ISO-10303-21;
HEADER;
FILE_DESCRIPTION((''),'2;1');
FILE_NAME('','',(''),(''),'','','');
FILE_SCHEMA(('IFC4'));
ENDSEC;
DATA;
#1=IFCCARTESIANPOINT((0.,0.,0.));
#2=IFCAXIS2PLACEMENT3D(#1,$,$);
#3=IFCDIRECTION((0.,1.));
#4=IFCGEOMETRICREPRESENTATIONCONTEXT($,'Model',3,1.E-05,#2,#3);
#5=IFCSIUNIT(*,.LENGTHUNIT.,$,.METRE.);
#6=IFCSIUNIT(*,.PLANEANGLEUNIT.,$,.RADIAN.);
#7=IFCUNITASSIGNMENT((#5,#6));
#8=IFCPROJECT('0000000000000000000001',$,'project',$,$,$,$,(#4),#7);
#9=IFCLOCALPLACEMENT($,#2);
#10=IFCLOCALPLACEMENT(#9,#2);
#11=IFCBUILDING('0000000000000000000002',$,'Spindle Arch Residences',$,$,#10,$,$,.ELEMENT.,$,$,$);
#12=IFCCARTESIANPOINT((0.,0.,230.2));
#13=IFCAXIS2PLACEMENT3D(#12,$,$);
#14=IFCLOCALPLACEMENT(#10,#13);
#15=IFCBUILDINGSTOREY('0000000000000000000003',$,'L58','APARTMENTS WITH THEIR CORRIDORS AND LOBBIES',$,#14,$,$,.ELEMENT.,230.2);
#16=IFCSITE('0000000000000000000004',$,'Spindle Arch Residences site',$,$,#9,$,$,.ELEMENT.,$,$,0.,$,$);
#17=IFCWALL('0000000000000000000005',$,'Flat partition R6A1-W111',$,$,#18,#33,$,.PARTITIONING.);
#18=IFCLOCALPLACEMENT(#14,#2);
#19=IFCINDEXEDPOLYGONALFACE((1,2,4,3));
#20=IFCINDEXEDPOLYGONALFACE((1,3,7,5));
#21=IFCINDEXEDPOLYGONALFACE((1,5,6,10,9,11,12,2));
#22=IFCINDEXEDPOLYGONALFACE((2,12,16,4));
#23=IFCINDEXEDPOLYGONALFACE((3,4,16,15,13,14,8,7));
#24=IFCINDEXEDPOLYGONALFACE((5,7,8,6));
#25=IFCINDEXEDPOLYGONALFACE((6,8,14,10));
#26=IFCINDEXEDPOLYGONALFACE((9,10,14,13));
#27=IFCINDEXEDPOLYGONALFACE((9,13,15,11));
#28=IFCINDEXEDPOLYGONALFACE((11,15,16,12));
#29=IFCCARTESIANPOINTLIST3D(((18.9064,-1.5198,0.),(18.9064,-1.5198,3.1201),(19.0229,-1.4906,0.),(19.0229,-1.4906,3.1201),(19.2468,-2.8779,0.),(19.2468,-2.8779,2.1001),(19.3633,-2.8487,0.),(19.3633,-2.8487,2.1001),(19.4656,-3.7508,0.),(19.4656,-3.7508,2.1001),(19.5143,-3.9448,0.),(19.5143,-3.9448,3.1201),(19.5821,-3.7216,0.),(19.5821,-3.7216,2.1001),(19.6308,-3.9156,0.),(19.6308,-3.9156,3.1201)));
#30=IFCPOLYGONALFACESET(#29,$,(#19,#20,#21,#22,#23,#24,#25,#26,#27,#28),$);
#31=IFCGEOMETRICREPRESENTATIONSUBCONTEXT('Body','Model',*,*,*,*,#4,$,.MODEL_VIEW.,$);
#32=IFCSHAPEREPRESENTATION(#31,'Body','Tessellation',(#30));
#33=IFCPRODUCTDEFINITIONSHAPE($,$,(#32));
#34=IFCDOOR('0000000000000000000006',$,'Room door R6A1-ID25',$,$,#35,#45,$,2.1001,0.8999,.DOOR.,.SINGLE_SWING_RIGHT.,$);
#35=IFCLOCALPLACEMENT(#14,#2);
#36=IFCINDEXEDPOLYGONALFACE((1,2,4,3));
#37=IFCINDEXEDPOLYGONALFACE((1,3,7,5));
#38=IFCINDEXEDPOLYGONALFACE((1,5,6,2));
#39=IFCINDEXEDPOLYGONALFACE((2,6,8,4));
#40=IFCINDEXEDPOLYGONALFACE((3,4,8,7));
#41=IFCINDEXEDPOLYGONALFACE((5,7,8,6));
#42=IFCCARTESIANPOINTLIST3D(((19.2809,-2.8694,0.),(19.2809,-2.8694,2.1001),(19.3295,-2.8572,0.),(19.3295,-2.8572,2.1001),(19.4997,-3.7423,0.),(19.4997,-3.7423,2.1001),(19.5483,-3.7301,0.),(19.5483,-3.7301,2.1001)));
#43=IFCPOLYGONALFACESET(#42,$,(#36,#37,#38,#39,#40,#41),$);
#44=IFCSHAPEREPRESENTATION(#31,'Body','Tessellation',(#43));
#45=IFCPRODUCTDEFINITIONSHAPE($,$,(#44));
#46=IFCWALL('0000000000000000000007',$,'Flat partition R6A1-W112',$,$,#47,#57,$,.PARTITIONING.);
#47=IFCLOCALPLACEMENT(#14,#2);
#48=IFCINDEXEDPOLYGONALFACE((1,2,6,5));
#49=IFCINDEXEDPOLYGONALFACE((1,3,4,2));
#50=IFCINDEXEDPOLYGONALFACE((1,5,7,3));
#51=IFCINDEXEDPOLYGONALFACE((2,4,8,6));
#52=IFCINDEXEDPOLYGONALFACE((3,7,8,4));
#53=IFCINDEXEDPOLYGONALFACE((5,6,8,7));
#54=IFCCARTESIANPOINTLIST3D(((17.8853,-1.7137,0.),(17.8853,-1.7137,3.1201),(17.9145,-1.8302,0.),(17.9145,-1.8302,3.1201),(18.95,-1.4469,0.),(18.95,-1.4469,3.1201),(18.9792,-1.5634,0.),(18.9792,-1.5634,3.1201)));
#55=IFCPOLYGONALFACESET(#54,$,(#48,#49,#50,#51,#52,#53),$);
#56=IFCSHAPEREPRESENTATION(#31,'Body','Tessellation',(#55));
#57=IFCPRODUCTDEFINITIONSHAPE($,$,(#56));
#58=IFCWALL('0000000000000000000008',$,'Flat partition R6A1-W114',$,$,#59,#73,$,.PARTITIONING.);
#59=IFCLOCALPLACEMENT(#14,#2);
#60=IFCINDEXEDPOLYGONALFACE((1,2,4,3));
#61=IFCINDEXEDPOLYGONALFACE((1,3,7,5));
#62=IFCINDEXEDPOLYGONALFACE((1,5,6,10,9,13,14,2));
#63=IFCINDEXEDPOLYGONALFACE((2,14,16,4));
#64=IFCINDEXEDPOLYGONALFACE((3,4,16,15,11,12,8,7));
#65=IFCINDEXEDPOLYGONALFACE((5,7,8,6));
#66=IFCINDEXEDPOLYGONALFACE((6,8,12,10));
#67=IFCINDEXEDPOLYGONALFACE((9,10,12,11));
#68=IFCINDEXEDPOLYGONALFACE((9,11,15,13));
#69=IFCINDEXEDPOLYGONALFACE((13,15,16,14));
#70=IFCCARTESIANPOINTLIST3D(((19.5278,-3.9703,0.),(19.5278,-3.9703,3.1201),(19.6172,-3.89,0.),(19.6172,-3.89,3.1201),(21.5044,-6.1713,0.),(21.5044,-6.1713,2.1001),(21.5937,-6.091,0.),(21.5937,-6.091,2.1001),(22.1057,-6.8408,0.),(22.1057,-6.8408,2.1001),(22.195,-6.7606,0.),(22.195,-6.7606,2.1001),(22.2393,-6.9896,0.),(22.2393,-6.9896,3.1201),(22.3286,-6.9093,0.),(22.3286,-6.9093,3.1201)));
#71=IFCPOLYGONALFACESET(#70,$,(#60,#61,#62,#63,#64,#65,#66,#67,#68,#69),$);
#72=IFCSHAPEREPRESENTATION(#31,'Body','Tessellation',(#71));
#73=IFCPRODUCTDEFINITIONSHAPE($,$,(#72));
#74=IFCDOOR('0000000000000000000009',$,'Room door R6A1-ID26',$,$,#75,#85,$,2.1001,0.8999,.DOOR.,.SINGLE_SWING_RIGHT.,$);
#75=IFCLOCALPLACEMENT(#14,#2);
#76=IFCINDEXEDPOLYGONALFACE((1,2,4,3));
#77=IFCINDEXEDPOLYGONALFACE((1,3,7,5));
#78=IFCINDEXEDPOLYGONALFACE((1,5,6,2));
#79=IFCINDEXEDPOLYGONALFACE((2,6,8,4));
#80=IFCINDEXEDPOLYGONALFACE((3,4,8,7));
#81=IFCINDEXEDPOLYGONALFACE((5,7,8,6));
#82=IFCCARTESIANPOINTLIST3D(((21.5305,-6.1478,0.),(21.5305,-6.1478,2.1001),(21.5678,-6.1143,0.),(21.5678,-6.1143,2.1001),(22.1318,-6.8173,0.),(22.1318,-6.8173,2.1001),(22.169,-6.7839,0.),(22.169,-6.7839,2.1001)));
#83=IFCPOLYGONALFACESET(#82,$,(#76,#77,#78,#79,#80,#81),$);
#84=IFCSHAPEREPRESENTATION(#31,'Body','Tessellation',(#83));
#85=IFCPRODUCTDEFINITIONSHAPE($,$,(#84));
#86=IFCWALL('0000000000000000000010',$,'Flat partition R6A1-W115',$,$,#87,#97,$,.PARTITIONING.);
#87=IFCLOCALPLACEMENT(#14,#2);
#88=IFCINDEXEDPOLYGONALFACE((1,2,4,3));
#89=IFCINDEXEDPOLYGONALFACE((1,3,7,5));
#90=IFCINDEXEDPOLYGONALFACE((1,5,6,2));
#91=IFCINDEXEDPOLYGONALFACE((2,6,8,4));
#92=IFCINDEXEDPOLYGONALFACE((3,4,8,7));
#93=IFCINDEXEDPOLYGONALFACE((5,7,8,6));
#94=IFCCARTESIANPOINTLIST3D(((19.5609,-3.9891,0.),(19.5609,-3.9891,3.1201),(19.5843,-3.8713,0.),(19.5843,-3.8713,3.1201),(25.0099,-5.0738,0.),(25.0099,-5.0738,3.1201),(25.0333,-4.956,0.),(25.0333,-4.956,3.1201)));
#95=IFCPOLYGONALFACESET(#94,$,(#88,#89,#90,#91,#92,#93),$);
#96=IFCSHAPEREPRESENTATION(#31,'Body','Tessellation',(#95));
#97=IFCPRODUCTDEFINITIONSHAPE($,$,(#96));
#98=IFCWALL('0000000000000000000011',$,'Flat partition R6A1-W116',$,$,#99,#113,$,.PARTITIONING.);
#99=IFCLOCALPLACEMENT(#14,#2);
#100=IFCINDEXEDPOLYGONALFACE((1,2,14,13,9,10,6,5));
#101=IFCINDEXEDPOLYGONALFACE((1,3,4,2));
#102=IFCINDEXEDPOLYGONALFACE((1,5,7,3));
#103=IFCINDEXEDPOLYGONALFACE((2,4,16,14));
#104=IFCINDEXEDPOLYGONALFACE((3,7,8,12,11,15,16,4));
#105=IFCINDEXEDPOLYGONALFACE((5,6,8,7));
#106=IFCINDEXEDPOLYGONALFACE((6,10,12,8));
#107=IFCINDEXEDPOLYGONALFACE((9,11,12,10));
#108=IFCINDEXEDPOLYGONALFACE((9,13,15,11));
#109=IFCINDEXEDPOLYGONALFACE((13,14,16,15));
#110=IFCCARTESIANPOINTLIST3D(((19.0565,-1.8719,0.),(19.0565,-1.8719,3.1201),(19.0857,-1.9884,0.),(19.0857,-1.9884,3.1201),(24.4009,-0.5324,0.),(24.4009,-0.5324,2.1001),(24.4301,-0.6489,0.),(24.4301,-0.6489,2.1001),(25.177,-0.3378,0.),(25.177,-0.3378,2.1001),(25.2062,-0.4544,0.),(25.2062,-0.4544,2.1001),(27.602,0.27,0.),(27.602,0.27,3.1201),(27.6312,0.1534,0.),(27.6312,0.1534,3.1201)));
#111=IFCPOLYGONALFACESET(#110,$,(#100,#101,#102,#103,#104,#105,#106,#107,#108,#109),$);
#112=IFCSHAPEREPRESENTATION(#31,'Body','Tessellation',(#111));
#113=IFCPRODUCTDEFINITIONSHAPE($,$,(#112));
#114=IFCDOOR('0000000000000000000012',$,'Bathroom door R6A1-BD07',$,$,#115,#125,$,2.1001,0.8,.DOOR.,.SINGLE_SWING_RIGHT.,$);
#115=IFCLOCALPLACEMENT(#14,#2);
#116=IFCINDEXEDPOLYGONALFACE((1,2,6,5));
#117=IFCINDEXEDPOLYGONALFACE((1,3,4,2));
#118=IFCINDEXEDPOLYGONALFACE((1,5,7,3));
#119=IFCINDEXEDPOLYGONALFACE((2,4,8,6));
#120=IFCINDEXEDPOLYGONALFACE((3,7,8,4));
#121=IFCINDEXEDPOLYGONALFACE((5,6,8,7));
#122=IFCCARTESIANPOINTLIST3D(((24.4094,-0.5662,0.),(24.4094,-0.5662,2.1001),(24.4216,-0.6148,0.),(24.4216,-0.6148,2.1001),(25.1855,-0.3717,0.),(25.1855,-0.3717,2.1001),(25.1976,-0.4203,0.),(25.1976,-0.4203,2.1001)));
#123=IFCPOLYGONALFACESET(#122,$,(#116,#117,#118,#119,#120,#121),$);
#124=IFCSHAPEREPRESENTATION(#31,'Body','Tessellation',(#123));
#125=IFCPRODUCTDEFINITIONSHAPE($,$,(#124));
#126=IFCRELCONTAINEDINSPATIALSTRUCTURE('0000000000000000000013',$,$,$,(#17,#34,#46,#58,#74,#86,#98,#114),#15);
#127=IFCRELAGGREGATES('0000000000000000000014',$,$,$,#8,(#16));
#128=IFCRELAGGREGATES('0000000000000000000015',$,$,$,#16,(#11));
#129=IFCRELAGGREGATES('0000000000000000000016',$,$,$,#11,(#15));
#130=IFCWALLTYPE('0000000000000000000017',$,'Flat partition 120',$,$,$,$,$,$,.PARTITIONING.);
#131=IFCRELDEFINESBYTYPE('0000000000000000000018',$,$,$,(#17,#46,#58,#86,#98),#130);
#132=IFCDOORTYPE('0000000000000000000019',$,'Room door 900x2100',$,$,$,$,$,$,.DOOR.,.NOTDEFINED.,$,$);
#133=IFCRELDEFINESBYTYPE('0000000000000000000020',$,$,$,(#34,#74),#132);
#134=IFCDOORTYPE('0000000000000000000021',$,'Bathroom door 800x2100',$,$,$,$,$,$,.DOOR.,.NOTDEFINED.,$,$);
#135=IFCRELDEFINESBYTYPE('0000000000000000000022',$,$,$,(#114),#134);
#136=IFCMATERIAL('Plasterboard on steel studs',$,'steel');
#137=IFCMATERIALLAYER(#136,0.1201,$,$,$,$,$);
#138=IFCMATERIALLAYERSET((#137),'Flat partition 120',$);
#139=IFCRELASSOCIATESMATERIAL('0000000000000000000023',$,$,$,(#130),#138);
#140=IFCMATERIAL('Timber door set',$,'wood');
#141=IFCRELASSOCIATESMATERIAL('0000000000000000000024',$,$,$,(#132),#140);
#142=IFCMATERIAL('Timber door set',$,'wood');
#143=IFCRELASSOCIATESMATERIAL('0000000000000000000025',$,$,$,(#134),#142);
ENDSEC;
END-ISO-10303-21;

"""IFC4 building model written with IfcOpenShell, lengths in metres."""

from ifc_helpers import new_model, si_unit, direction, frame, frame_2d, origin, place, context, subcontext, project, spatial, rectangle, extrude, material, layer, layer_set, type_object, element, fill, save


model = new_model("IFC4")

# Units and contexts
model_context = context("Model", 3, precision=1e-05, world=origin(), true_north=direction((0.0, 1.0)))
body_context = subcontext(model_context, "Body", "Model", "MODEL_VIEW")
ifc_project = project(units=[si_unit("LENGTHUNIT", "METRE"), si_unit("PLANEANGLEUNIT", "RADIAN")], contexts=[model_context])

# Site, building, storey
site_placement = place(None, origin())
site = spatial("IfcSite", under=ifc_project, at=site_placement, Name="Spindle Arch Residences site", CompositionType="ELEMENT", RefElevation=0.0)
building_placement = place(site_placement, origin())
building = spatial("IfcBuilding", under=site, at=building_placement, Name="Spindle Arch Residences", CompositionType="ELEMENT")
storey_placement = place(building_placement, frame((0.0, 0.0, 230.2)))
storey = spatial("IfcBuildingStorey", under=building, at=storey_placement, Name="L58", Description="APARTMENTS WITH THEIR CORRIDORS AND LOBBIES", CompositionType="ELEMENT", Elevation=230.2)

# Wall, opening, door
ifc_material_1 = material(Name="Plasterboard on steel studs", Category="steel")
ifc_layer_1 = layer(ifc_material_1, 0.1201)
ifc_layer_set_1 = layer_set([ifc_layer_1], Name="Flat partition 120")
wall_type = type_object("IfcWallType", Name="Flat partition 120", PredefinedType="PARTITIONING", material=ifc_layer_set_1)
wall_1_placement = place(storey_placement, frame((19.5725, -3.9302, 0.0), z_axis=(0.0, 0.0, 1.0), x_axis=(-0.243156, 0.969987, 0.0)))
wall_1 = element("IfcWall", 1, at=wall_1_placement, inside=storey, type_object=wall_type, Name="Flat partition R6A1-W111", PredefinedType="PARTITIONING", context=body_context, shape_type="SweptSolid", body=[
    extrude(rectangle(XDim=2.5, YDim=0.1201, at=frame_2d((1.25, 0.0))), origin(), (0.0, 0.0, 1.0), 3.1201),
])
opening_1_placement = place(wall_1_placement, frame((0.2, 0.0, 0.0)))
opening_1 = element("IfcOpeningElement", 2, at=opening_1_placement, cuts=wall_1, PredefinedType="OPENING", context=body_context, shape_type="SweptSolid", body=[
    extrude(rectangle(XDim=0.8999, YDim=2.1001, at=frame_2d((0.45, 1.05))), frame((0.0, 0.0701, 0.0), z_axis=(0.0, -1.0, 0.0), x_axis=(1.0, 0.0, 0.0)), (0.0, 0.0, 1.0), 0.1401),
])
ifc_material_2 = material(Name="Timber door set", Category="wood")
door_type_1 = type_object("IfcDoorType", Name="Room door 900x2100", OperationType="NOTDEFINED", PredefinedType="DOOR", material=ifc_material_2)
door_1_placement = place(opening_1_placement, origin())
door_1 = element("IfcDoor", 3, at=door_1_placement, inside=storey, type_object=door_type_1, Name="Room door R6A1-ID25", OperationType="SINGLE_SWING_RIGHT", OverallHeight=2.1001, OverallWidth=0.8999, PredefinedType="DOOR", context=body_context, shape_type="SweptSolid", body=[
    extrude(rectangle(XDim=0.8999, YDim=2.1001, at=frame_2d((0.45, 1.05))), frame((0.0, 0.0249, 0.0), z_axis=(0.0, -1.0, 0.0), x_axis=(1.0, 0.0, 0.0)), (0.0, 0.0, 1.0), 0.05),
])
fill(opening_1, door_1)

# Wall
wall_2_placement = place(storey_placement, frame((18.9646, -1.5051, 0.0), z_axis=(0.0, 0.0, 1.0), x_axis=(-0.969998, -0.243111, 0.0)))
element("IfcWall", 4, at=wall_2_placement, inside=storey, type_object=wall_type, Name="Flat partition R6A1-W112", PredefinedType="PARTITIONING", context=body_context, shape_type="SweptSolid", body=[
    extrude(rectangle(XDim=1.0977, YDim=0.1201, at=frame_2d((0.5488, 0.0))), origin(), (0.0, 0.0, 1.0), 3.1201),
])

# Wall, opening, door
wall_3_placement = place(storey_placement, frame((22.2839, -6.9495, 0.0), z_axis=(0.0, 0.0, 1.0), x_axis=(-0.668157, 0.744021, 0.0)))
wall_3 = element("IfcWall", 5, at=wall_3_placement, inside=storey, type_object=wall_type, Name="Flat partition R6A1-W114", PredefinedType="PARTITIONING", context=body_context, shape_type="SweptSolid", body=[
    extrude(rectangle(XDim=4.0581, YDim=0.1201, at=frame_2d((2.0291, 0.0))), origin(), (0.0, 0.0, 1.0), 3.1201),
])
opening_2_placement = place(wall_3_placement, frame((0.2, 0.0, 0.0)))
opening_2 = element("IfcOpeningElement", 6, at=opening_2_placement, cuts=wall_3, PredefinedType="OPENING", context=body_context, shape_type="SweptSolid", body=[
    extrude(rectangle(XDim=0.8999, YDim=2.1001, at=frame_2d((0.45, 1.05))), frame((0.0, 0.0701, 0.0), z_axis=(0.0, -1.0, 0.0), x_axis=(1.0, 0.0, 0.0)), (0.0, 0.0, 1.0), 0.1401),
])
door_2_placement = place(opening_2_placement, origin())
door_2 = element("IfcDoor", 7, at=door_2_placement, inside=storey, type_object=door_type_1, Name="Room door R6A1-ID26", OperationType="SINGLE_SWING_RIGHT", OverallHeight=2.1001, OverallWidth=0.8999, PredefinedType="DOOR", context=body_context, shape_type="SweptSolid", body=[
    extrude(rectangle(XDim=0.8999, YDim=2.1001, at=frame_2d((0.45, 1.05))), frame((0.0, 0.0249, 0.0), z_axis=(0.0, -1.0, 0.0), x_axis=(1.0, 0.0, 0.0)), (0.0, 0.0, 1.0), 0.05),
])
fill(opening_2, door_2)

# Wall
wall_4_placement = place(storey_placement, frame((25.0215, -5.0149, 0.0), z_axis=(0.0, 0.0, 1.0), x_axis=(-0.980756, 0.195237, 0.0)))
element("IfcWall", 8, at=wall_4_placement, inside=storey, type_object=wall_type, Name="Flat partition R6A1-W115", PredefinedType="PARTITIONING", context=body_context, shape_type="SweptSolid", body=[
    extrude(rectangle(XDim=5.5559, YDim=0.1201, at=frame_2d((2.7778, 0.0))), origin(), (0.0, 0.0, 1.0), 3.1201),
])

# Wall, opening, door
wall_5_placement = place(storey_placement, frame((27.6165, 0.2117, 0.0), z_axis=(0.0, 0.0, 1.0), x_axis=(-0.969996, -0.243122, 0.0)))
wall_5 = element("IfcWall", 9, at=wall_5_placement, inside=storey, type_object=wall_type, Name="Flat partition R6A1-W116", PredefinedType="PARTITIONING", context=body_context, shape_type="SweptSolid", body=[
    extrude(rectangle(XDim=8.8098, YDim=0.1201, at=frame_2d((4.4048, 0.0))), origin(), (0.0, 0.0, 1.0), 3.1201),
])
opening_3_placement = place(wall_5_placement, frame((2.5, 0.0, 0.0)))
opening_3 = element("IfcOpeningElement", 10, at=opening_3_placement, cuts=wall_5, PredefinedType="OPENING", context=body_context, shape_type="SweptSolid", body=[
    extrude(rectangle(XDim=0.8, YDim=2.1001, at=frame_2d((0.3999, 1.05))), frame((0.0, 0.0701, 0.0), z_axis=(0.0, -1.0, 0.0), x_axis=(1.0, 0.0, 0.0)), (0.0, 0.0, 1.0), 0.1401),
])
ifc_material_3 = material(Name="Timber door set", Category="wood")
door_type_2 = type_object("IfcDoorType", Name="Bathroom door 800x2100", OperationType="NOTDEFINED", PredefinedType="DOOR", material=ifc_material_3)
door_3_placement = place(opening_3_placement, origin())
door_3 = element("IfcDoor", 11, at=door_3_placement, inside=storey, type_object=door_type_2, Name="Bathroom door R6A1-BD07", OperationType="SINGLE_SWING_RIGHT", OverallHeight=2.1001, OverallWidth=0.8, PredefinedType="DOOR", context=body_context, shape_type="SweptSolid", body=[
    extrude(rectangle(XDim=0.8, YDim=2.1001, at=frame_2d((0.3999, 1.05))), frame((0.0, 0.0249, 0.0), z_axis=(0.0, -1.0, 0.0), x_axis=(1.0, 0.0, 0.0)), (0.0, 0.0, 1.0), 0.05),
])
fill(opening_3, door_3)

save(model, "model.ifc")
